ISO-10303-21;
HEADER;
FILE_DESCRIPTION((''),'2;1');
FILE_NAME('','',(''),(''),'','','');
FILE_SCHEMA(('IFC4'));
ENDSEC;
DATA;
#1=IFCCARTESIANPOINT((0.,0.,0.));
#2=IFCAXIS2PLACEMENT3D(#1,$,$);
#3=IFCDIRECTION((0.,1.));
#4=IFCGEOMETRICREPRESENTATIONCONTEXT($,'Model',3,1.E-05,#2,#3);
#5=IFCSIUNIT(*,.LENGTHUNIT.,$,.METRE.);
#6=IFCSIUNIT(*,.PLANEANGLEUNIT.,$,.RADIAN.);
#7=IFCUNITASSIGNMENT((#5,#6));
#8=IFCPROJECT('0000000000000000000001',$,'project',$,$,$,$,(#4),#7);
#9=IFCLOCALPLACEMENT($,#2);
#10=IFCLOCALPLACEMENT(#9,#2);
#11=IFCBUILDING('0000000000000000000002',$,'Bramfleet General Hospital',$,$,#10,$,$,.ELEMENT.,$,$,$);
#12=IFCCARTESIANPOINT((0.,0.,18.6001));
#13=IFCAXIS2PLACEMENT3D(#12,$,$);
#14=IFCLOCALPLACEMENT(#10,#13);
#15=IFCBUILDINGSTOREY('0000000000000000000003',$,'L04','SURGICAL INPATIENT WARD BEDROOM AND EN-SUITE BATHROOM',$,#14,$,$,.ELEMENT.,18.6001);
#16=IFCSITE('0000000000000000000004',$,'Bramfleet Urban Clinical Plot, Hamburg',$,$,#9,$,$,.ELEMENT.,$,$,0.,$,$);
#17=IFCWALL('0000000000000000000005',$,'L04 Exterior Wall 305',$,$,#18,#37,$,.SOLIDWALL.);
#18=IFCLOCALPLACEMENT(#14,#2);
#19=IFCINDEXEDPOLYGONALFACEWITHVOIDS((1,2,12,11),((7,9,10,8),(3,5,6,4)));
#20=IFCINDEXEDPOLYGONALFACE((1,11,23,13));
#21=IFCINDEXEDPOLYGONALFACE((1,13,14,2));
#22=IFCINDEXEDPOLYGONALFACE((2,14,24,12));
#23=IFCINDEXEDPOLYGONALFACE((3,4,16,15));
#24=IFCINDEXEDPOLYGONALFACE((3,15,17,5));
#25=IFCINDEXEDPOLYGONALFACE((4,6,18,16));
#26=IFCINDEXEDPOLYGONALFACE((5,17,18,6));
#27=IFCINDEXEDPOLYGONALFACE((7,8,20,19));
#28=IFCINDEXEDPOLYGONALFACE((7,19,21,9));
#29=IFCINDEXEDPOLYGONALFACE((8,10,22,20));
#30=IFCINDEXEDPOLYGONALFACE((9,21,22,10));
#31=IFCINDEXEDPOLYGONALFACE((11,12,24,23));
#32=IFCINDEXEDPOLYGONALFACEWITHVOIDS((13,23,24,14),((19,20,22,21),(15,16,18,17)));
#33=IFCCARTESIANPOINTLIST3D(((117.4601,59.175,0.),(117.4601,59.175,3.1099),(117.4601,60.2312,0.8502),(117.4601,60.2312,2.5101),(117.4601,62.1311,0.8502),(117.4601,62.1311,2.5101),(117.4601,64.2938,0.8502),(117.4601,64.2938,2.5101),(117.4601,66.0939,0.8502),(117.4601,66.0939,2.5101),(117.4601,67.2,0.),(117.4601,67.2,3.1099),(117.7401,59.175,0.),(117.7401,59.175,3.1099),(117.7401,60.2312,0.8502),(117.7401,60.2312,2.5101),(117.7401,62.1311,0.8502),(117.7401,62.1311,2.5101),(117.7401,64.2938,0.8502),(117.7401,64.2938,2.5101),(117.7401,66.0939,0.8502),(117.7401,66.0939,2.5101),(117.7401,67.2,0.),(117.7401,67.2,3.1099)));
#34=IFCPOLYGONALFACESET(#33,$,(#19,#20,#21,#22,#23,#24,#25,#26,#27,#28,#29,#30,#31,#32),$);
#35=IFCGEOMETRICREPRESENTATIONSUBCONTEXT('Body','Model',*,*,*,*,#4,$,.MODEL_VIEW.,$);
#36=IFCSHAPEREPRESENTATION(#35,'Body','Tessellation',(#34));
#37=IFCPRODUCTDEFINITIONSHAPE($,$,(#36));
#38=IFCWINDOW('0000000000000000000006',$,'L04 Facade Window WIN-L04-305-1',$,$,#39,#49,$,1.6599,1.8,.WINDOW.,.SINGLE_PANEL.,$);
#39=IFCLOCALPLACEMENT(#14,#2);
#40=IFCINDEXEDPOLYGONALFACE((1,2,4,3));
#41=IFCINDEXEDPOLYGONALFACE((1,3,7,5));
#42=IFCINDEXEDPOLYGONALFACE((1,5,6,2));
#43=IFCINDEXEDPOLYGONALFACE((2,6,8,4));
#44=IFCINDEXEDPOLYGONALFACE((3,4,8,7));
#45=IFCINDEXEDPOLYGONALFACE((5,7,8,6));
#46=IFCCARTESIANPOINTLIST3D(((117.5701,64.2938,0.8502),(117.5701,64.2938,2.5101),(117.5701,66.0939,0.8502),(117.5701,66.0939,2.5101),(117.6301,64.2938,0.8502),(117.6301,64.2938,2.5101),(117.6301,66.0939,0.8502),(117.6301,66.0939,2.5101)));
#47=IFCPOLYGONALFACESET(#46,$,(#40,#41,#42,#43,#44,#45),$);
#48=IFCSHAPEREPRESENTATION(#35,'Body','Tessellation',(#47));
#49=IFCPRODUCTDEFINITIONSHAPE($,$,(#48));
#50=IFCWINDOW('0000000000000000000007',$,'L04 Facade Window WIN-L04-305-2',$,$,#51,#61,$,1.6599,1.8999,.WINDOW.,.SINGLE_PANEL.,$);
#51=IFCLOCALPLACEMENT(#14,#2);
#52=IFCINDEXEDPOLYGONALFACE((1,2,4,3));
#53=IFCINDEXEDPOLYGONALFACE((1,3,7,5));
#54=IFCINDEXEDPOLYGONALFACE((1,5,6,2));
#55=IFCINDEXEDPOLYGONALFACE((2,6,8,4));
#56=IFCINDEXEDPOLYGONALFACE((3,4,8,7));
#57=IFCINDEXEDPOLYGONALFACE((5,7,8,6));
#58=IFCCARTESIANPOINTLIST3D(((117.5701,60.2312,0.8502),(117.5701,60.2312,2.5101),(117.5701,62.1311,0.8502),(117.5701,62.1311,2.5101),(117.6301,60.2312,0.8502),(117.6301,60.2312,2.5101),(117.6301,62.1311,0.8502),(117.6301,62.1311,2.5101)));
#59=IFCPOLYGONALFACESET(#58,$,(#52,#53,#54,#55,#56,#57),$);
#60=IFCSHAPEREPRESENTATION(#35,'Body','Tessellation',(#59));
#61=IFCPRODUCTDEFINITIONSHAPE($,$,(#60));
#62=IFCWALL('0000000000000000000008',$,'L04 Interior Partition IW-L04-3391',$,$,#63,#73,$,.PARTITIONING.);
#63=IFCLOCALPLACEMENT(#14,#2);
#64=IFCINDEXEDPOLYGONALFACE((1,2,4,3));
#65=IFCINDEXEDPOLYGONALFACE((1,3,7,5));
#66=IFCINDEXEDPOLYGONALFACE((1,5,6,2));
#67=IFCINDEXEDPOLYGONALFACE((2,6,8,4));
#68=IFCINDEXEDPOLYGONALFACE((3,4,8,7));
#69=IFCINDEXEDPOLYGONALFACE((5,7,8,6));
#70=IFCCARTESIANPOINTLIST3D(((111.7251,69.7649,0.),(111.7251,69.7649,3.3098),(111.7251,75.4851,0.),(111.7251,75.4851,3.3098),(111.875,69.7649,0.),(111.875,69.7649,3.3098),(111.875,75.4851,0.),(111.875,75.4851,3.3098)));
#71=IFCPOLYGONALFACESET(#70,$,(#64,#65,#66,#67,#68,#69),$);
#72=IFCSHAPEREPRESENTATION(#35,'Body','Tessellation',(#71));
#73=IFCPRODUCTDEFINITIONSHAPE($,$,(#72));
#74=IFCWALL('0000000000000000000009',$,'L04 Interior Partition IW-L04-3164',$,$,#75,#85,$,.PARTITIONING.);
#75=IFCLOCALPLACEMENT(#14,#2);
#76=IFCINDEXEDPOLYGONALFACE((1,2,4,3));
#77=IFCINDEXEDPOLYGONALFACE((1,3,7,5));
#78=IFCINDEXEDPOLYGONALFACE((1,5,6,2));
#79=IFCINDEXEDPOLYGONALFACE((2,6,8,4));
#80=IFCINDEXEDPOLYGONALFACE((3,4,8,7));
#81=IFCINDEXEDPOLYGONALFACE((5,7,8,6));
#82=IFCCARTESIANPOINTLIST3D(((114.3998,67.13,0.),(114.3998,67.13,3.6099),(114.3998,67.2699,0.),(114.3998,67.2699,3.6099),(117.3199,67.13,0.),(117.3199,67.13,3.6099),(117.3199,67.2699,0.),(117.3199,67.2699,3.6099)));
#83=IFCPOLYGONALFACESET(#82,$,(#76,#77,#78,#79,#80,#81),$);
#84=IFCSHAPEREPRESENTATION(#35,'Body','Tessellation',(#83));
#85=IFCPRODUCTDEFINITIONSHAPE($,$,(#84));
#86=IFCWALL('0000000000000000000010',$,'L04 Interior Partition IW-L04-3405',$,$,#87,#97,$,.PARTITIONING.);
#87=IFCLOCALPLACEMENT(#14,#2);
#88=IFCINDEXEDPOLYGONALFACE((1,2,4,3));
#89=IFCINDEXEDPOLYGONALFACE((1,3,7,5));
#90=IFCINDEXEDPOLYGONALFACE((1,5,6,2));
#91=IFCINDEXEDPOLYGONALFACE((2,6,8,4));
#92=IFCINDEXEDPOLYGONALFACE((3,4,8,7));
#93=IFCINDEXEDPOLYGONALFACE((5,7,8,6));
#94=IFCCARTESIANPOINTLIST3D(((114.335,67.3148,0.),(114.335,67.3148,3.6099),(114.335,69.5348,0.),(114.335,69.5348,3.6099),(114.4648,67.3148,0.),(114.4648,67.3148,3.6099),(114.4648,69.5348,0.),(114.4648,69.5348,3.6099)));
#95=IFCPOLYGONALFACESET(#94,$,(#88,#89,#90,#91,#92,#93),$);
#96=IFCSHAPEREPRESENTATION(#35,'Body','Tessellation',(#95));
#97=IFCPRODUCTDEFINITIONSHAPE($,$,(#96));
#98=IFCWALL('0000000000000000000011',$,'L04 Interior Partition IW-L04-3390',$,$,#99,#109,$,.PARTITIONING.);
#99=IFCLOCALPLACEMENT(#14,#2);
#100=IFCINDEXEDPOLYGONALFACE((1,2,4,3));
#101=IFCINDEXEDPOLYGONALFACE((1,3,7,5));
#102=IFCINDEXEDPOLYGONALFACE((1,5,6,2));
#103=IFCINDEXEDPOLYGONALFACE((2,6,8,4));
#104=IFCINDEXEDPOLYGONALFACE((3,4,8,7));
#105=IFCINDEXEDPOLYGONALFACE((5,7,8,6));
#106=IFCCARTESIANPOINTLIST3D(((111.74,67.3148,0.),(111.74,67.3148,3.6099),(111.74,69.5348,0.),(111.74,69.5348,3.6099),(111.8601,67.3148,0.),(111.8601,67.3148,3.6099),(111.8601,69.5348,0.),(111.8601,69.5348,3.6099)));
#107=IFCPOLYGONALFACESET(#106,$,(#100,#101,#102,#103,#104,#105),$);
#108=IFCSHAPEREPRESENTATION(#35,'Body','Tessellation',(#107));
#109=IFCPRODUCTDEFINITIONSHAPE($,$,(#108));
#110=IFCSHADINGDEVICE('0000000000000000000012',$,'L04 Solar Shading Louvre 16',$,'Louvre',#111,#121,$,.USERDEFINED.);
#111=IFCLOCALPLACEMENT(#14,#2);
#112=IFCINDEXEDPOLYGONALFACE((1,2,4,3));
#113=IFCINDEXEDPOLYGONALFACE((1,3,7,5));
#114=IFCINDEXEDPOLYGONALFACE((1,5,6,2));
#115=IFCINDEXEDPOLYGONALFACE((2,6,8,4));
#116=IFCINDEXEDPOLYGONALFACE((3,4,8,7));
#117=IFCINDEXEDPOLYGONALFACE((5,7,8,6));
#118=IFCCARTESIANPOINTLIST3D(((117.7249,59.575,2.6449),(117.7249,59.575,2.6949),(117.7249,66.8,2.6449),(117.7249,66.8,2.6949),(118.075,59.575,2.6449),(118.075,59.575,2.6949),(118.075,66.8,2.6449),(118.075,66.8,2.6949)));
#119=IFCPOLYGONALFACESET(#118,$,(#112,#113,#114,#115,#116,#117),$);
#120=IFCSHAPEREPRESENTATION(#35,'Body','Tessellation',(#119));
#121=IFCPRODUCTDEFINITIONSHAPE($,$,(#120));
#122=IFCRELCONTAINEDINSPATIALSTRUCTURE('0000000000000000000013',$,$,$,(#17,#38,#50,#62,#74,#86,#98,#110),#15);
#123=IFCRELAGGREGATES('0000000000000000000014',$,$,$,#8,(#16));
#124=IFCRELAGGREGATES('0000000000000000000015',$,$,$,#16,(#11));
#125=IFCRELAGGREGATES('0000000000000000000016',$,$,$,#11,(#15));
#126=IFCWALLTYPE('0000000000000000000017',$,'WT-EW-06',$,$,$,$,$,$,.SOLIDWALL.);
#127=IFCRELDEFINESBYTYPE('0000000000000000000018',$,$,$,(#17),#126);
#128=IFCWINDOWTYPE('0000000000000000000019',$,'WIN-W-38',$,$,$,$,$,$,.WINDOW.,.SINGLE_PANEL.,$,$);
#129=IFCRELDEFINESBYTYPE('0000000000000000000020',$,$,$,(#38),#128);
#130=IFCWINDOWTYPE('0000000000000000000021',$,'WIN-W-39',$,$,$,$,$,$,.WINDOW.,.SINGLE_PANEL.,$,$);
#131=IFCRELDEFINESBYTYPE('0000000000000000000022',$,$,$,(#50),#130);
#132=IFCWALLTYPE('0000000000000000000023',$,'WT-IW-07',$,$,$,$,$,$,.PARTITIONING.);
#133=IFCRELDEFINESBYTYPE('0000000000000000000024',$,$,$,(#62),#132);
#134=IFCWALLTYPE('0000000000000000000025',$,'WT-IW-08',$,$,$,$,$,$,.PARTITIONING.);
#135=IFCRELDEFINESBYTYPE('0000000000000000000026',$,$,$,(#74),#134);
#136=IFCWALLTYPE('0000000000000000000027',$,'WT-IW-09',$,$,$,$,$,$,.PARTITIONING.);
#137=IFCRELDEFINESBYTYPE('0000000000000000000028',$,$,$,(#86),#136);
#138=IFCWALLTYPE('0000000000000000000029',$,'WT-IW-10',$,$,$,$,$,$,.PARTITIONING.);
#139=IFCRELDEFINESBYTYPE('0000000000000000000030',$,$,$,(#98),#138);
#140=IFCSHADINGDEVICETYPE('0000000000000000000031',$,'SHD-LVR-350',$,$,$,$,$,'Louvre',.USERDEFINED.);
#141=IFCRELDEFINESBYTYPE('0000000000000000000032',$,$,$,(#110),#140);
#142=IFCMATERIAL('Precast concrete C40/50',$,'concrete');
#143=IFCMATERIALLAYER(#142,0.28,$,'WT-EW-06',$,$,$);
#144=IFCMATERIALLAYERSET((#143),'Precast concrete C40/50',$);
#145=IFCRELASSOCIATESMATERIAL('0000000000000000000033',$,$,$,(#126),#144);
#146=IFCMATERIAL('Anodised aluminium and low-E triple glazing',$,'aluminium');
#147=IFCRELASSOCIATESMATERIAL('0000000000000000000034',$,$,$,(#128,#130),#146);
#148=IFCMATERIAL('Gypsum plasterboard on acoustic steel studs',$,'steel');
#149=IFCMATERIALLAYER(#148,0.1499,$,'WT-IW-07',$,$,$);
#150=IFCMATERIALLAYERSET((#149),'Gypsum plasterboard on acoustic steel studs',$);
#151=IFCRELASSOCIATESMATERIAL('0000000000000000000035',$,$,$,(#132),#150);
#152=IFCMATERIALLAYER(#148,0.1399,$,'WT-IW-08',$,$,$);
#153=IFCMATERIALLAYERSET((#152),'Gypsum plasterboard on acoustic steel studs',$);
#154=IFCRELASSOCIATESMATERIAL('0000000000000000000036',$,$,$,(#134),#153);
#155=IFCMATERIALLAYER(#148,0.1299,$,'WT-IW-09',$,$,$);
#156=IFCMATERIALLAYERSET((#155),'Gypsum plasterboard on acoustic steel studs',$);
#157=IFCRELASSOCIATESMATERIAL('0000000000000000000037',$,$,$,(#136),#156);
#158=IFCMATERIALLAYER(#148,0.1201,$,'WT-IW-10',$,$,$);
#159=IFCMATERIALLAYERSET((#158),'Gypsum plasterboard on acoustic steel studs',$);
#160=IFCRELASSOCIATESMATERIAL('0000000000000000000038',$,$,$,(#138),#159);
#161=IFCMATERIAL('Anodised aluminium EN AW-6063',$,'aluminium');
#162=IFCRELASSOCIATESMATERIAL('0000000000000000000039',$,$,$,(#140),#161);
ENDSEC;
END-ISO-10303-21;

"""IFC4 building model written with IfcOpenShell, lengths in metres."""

from ifc_helpers import new_model, si_unit, direction, frame, frame_2d, origin, origin_2d, place, context, subcontext, project, spatial, rectangle, extrude, material, layer, layer_set, material_profile, profile_set, type_object, element, fill, save


model = new_model("IFC4")

# Units and contexts
model_context = context("Model", 3, precision=1e-05, world=origin(), true_north=direction((0.0, 1.0)))
body_context = subcontext(model_context, "Body", "Model", "MODEL_VIEW")
ifc_project = project(units=[si_unit("LENGTHUNIT", "METRE"), si_unit("PLANEANGLEUNIT", "RADIAN")], contexts=[model_context])

# Site, building, storey
site_placement = place(None, origin())
site = spatial("IfcSite", under=ifc_project, at=site_placement, Name="Bramfleet Urban Clinical Plot, Hamburg", CompositionType="ELEMENT", RefElevation=0.0)
building_placement = place(site_placement, origin())
building = spatial("IfcBuilding", under=site, at=building_placement, Name="Bramfleet General Hospital", CompositionType="ELEMENT")
storey_placement = place(building_placement, frame((0.0, 0.0, 18.6001)))
storey = spatial("IfcBuildingStorey", under=building, at=storey_placement, Name="L04", Description="SURGICAL INPATIENT WARD BEDROOM AND EN-SUITE BATHROOM", CompositionType="ELEMENT", Elevation=18.6001)

# Shared definitions
ifc_material_1 = material(Name="Anodised aluminium and low-E triple glazing", Category="aluminium")

# Wall, openings, windows
ifc_material_2 = material(Name="Precast concrete C40/50", Category="concrete")
ifc_layer_1 = layer(ifc_material_2, 0.28, Name="WT-EW-06")
ifc_layer_set_1 = layer_set([ifc_layer_1], Name="Precast concrete C40/50")
wall_type_1 = type_object("IfcWallType", Name="WT-EW-06", PredefinedType="SOLIDWALL", material=ifc_layer_set_1)
wall_1_placement = place(storey_placement, frame((117.6001, 67.2, 0.0), z_axis=(0.0, 0.0, 1.0), x_axis=(0.0, -1.0, 0.0)))
wall_1 = element("IfcWall", 1, at=wall_1_placement, inside=storey, type_object=wall_type_1, Name="L04 Exterior Wall 305", PredefinedType="SOLIDWALL", context=body_context, shape_type="SweptSolid", body=[
    extrude(rectangle(XDim=8.0249, YDim=0.28, at=frame_2d((4.0125, 0.0))), origin(), (0.0, 0.0, 1.0), 3.1099),
])
opening_1_placement = place(wall_1_placement, frame((1.1062, 0.0, 0.8501)))
opening_1 = element("IfcOpeningElement", 2, at=opening_1_placement, cuts=wall_1, PredefinedType="OPENING", context=body_context, shape_type="SweptSolid", body=[
    extrude(rectangle(XDim=1.8, YDim=1.6599, at=frame_2d((0.8999, 0.8301))), frame((0.0, 0.1499, 0.0), z_axis=(0.0, -1.0, 0.0), x_axis=(1.0, 0.0, 0.0)), (0.0, 0.0, 1.0), 0.3),
])
opening_2_placement = place(wall_1_placement, frame((5.0688, 0.0, 0.8501)))
opening_2 = element("IfcOpeningElement", 3, at=opening_2_placement, cuts=wall_1, PredefinedType="OPENING", context=body_context, shape_type="SweptSolid", body=[
    extrude(rectangle(XDim=1.8999, YDim=1.6599, at=frame_2d((0.95, 0.8301))), frame((0.0, 0.1499, 0.0), z_axis=(0.0, -1.0, 0.0), x_axis=(1.0, 0.0, 0.0)), (0.0, 0.0, 1.0), 0.3),
])
window_type_1 = type_object("IfcWindowType", Name="WIN-W-38", PartitioningType="SINGLE_PANEL", PredefinedType="WINDOW", material=ifc_material_1)
window_1_placement = place(opening_1_placement, origin())
window_1 = element("IfcWindow", 4, at=window_1_placement, inside=storey, type_object=window_type_1, Name="L04 Facade Window WIN-L04-305-1", OverallHeight=1.6599, OverallWidth=1.8, PartitioningType="SINGLE_PANEL", PredefinedType="WINDOW", context=body_context, shape_type="SweptSolid", body=[
    extrude(rectangle(XDim=1.8, YDim=1.6599, at=frame_2d((0.8999, 0.8301))), frame((0.0, 0.03, 0.0), z_axis=(0.0, -1.0, 0.0), x_axis=(1.0, 0.0, 0.0)), (0.0, 0.0, 1.0), 0.0601),
])
fill(opening_1, window_1)
window_type_2 = type_object("IfcWindowType", Name="WIN-W-39", PartitioningType="SINGLE_PANEL", PredefinedType="WINDOW", material=ifc_material_1)
window_2_placement = place(opening_2_placement, origin())
window_2 = element("IfcWindow", 5, at=window_2_placement, inside=storey, type_object=window_type_2, Name="L04 Facade Window WIN-L04-305-2", OverallHeight=1.6599, OverallWidth=1.8999, PartitioningType="SINGLE_PANEL", PredefinedType="WINDOW", context=body_context, shape_type="SweptSolid", body=[
    extrude(rectangle(XDim=1.8999, YDim=1.6599, at=frame_2d((0.95, 0.8301))), frame((0.0, 0.03, 0.0), z_axis=(0.0, -1.0, 0.0), x_axis=(1.0, 0.0, 0.0)), (0.0, 0.0, 1.0), 0.0601),
])
fill(opening_2, window_2)

# Walls
ifc_material_3 = material(Name="Gypsum plasterboard on acoustic steel studs", Category="steel")
ifc_layer_2 = layer(ifc_material_3, 0.1499, Name="WT-IW-07")
ifc_layer_set_2 = layer_set([ifc_layer_2], Name="Gypsum plasterboard on acoustic steel studs")
wall_type_2 = type_object("IfcWallType", Name="WT-IW-07", PredefinedType="PARTITIONING", material=ifc_layer_set_2)
wall_2_placement = place(storey_placement, frame((111.8, 69.7649, 0.0), z_axis=(0.0, 0.0, 1.0), x_axis=(0.0, 1.0, 0.0)))
element("IfcWall", 6, at=wall_2_placement, inside=storey, type_object=wall_type_2, Name="L04 Interior Partition IW-L04-3391", PredefinedType="PARTITIONING", context=body_context, shape_type="SweptSolid", body=[
    extrude(rectangle(XDim=5.7202, YDim=0.1499, at=frame_2d((2.8601, 0.0))), origin(), (0.0, 0.0, 1.0), 3.3098),
])
ifc_layer_3 = layer(ifc_material_3, 0.1399, Name="WT-IW-08")
ifc_layer_set_3 = layer_set([ifc_layer_3], Name="Gypsum plasterboard on acoustic steel studs")
wall_type_3 = type_object("IfcWallType", Name="WT-IW-08", PredefinedType="PARTITIONING", material=ifc_layer_set_3)
wall_3_placement = place(storey_placement, frame((114.3999, 67.2, 0.0), z_axis=(0.0, 0.0, 1.0), x_axis=(1.0, 0.0, 0.0)))
element("IfcWall", 7, at=wall_3_placement, inside=storey, type_object=wall_type_3, Name="L04 Interior Partition IW-L04-3164", PredefinedType="PARTITIONING", context=body_context, shape_type="SweptSolid", body=[
    extrude(rectangle(XDim=2.9202, YDim=0.1399, at=frame_2d((1.46, 0.0))), origin(), (0.0, 0.0, 1.0), 3.6099),
])
ifc_layer_4 = layer(ifc_material_3, 0.1299, Name="WT-IW-09")
ifc_layer_set_4 = layer_set([ifc_layer_4], Name="Gypsum plasterboard on acoustic steel studs")
wall_type_4 = type_object("IfcWallType", Name="WT-IW-09", PredefinedType="PARTITIONING", material=ifc_layer_set_4)
wall_4_placement = place(storey_placement, frame((114.3999, 67.3149, 0.0), z_axis=(0.0, 0.0, 1.0), x_axis=(0.0, 1.0, 0.0)))
element("IfcWall", 8, at=wall_4_placement, inside=storey, type_object=wall_type_4, Name="L04 Interior Partition IW-L04-3405", PredefinedType="PARTITIONING", context=body_context, shape_type="SweptSolid", body=[
    extrude(rectangle(XDim=2.22, YDim=0.1299, at=frame_2d((1.1099, 0.0))), origin(), (0.0, 0.0, 1.0), 3.6099),
])
ifc_layer_5 = layer(ifc_material_3, 0.1201, Name="WT-IW-10")
ifc_layer_set_5 = layer_set([ifc_layer_5], Name="Gypsum plasterboard on acoustic steel studs")
wall_type_5 = type_object("IfcWallType", Name="WT-IW-10", PredefinedType="PARTITIONING", material=ifc_layer_set_5)
wall_5_placement = place(storey_placement, frame((111.8, 67.3149, 0.0), z_axis=(0.0, 0.0, 1.0), x_axis=(0.0, 1.0, 0.0)))
element("IfcWall", 9, at=wall_5_placement, inside=storey, type_object=wall_type_5, Name="L04 Interior Partition IW-L04-3390", PredefinedType="PARTITIONING", context=body_context, shape_type="SweptSolid", body=[
    extrude(rectangle(XDim=2.22, YDim=0.1201, at=frame_2d((1.1099, 0.0))), origin(), (0.0, 0.0, 1.0), 3.6099),
])

# Shading device
ifc_material_4 = material(Name="Anodised aluminium EN AW-6063", Category="aluminium")
ifc_material_profile_1 = material_profile(ifc_material_4, rectangle(XDim=0.05, YDim=0.3501, at=origin_2d()), Name="ALU LOUVRE 350x50")
ifc_profile_set_1 = profile_set([ifc_material_profile_1], Name="Anodised aluminium EN AW-6063")
shading_device_type = type_object("IfcShadingDeviceType", Name="SHD-LVR-350", ElementType="Louvre", PredefinedType="USERDEFINED", material=ifc_profile_set_1)
shading_device_placement = place(storey_placement, frame((117.8999, 66.8, 2.6699), z_axis=(0.0, -1.0, 0.0), x_axis=(0.0, 0.0, 1.0)))
element("IfcShadingDevice", 10, at=shading_device_placement, inside=storey, type_object=shading_device_type, Name="L04 Solar Shading Louvre 16", ObjectType="Louvre", PredefinedType="USERDEFINED", context=body_context, shape_type="SweptSolid", body=[
    extrude(rectangle(XDim=0.05, YDim=0.3501, at=origin_2d()), origin(), (0.0, 0.0, 1.0), 7.2251),
])

save(model, "model.ifc")
